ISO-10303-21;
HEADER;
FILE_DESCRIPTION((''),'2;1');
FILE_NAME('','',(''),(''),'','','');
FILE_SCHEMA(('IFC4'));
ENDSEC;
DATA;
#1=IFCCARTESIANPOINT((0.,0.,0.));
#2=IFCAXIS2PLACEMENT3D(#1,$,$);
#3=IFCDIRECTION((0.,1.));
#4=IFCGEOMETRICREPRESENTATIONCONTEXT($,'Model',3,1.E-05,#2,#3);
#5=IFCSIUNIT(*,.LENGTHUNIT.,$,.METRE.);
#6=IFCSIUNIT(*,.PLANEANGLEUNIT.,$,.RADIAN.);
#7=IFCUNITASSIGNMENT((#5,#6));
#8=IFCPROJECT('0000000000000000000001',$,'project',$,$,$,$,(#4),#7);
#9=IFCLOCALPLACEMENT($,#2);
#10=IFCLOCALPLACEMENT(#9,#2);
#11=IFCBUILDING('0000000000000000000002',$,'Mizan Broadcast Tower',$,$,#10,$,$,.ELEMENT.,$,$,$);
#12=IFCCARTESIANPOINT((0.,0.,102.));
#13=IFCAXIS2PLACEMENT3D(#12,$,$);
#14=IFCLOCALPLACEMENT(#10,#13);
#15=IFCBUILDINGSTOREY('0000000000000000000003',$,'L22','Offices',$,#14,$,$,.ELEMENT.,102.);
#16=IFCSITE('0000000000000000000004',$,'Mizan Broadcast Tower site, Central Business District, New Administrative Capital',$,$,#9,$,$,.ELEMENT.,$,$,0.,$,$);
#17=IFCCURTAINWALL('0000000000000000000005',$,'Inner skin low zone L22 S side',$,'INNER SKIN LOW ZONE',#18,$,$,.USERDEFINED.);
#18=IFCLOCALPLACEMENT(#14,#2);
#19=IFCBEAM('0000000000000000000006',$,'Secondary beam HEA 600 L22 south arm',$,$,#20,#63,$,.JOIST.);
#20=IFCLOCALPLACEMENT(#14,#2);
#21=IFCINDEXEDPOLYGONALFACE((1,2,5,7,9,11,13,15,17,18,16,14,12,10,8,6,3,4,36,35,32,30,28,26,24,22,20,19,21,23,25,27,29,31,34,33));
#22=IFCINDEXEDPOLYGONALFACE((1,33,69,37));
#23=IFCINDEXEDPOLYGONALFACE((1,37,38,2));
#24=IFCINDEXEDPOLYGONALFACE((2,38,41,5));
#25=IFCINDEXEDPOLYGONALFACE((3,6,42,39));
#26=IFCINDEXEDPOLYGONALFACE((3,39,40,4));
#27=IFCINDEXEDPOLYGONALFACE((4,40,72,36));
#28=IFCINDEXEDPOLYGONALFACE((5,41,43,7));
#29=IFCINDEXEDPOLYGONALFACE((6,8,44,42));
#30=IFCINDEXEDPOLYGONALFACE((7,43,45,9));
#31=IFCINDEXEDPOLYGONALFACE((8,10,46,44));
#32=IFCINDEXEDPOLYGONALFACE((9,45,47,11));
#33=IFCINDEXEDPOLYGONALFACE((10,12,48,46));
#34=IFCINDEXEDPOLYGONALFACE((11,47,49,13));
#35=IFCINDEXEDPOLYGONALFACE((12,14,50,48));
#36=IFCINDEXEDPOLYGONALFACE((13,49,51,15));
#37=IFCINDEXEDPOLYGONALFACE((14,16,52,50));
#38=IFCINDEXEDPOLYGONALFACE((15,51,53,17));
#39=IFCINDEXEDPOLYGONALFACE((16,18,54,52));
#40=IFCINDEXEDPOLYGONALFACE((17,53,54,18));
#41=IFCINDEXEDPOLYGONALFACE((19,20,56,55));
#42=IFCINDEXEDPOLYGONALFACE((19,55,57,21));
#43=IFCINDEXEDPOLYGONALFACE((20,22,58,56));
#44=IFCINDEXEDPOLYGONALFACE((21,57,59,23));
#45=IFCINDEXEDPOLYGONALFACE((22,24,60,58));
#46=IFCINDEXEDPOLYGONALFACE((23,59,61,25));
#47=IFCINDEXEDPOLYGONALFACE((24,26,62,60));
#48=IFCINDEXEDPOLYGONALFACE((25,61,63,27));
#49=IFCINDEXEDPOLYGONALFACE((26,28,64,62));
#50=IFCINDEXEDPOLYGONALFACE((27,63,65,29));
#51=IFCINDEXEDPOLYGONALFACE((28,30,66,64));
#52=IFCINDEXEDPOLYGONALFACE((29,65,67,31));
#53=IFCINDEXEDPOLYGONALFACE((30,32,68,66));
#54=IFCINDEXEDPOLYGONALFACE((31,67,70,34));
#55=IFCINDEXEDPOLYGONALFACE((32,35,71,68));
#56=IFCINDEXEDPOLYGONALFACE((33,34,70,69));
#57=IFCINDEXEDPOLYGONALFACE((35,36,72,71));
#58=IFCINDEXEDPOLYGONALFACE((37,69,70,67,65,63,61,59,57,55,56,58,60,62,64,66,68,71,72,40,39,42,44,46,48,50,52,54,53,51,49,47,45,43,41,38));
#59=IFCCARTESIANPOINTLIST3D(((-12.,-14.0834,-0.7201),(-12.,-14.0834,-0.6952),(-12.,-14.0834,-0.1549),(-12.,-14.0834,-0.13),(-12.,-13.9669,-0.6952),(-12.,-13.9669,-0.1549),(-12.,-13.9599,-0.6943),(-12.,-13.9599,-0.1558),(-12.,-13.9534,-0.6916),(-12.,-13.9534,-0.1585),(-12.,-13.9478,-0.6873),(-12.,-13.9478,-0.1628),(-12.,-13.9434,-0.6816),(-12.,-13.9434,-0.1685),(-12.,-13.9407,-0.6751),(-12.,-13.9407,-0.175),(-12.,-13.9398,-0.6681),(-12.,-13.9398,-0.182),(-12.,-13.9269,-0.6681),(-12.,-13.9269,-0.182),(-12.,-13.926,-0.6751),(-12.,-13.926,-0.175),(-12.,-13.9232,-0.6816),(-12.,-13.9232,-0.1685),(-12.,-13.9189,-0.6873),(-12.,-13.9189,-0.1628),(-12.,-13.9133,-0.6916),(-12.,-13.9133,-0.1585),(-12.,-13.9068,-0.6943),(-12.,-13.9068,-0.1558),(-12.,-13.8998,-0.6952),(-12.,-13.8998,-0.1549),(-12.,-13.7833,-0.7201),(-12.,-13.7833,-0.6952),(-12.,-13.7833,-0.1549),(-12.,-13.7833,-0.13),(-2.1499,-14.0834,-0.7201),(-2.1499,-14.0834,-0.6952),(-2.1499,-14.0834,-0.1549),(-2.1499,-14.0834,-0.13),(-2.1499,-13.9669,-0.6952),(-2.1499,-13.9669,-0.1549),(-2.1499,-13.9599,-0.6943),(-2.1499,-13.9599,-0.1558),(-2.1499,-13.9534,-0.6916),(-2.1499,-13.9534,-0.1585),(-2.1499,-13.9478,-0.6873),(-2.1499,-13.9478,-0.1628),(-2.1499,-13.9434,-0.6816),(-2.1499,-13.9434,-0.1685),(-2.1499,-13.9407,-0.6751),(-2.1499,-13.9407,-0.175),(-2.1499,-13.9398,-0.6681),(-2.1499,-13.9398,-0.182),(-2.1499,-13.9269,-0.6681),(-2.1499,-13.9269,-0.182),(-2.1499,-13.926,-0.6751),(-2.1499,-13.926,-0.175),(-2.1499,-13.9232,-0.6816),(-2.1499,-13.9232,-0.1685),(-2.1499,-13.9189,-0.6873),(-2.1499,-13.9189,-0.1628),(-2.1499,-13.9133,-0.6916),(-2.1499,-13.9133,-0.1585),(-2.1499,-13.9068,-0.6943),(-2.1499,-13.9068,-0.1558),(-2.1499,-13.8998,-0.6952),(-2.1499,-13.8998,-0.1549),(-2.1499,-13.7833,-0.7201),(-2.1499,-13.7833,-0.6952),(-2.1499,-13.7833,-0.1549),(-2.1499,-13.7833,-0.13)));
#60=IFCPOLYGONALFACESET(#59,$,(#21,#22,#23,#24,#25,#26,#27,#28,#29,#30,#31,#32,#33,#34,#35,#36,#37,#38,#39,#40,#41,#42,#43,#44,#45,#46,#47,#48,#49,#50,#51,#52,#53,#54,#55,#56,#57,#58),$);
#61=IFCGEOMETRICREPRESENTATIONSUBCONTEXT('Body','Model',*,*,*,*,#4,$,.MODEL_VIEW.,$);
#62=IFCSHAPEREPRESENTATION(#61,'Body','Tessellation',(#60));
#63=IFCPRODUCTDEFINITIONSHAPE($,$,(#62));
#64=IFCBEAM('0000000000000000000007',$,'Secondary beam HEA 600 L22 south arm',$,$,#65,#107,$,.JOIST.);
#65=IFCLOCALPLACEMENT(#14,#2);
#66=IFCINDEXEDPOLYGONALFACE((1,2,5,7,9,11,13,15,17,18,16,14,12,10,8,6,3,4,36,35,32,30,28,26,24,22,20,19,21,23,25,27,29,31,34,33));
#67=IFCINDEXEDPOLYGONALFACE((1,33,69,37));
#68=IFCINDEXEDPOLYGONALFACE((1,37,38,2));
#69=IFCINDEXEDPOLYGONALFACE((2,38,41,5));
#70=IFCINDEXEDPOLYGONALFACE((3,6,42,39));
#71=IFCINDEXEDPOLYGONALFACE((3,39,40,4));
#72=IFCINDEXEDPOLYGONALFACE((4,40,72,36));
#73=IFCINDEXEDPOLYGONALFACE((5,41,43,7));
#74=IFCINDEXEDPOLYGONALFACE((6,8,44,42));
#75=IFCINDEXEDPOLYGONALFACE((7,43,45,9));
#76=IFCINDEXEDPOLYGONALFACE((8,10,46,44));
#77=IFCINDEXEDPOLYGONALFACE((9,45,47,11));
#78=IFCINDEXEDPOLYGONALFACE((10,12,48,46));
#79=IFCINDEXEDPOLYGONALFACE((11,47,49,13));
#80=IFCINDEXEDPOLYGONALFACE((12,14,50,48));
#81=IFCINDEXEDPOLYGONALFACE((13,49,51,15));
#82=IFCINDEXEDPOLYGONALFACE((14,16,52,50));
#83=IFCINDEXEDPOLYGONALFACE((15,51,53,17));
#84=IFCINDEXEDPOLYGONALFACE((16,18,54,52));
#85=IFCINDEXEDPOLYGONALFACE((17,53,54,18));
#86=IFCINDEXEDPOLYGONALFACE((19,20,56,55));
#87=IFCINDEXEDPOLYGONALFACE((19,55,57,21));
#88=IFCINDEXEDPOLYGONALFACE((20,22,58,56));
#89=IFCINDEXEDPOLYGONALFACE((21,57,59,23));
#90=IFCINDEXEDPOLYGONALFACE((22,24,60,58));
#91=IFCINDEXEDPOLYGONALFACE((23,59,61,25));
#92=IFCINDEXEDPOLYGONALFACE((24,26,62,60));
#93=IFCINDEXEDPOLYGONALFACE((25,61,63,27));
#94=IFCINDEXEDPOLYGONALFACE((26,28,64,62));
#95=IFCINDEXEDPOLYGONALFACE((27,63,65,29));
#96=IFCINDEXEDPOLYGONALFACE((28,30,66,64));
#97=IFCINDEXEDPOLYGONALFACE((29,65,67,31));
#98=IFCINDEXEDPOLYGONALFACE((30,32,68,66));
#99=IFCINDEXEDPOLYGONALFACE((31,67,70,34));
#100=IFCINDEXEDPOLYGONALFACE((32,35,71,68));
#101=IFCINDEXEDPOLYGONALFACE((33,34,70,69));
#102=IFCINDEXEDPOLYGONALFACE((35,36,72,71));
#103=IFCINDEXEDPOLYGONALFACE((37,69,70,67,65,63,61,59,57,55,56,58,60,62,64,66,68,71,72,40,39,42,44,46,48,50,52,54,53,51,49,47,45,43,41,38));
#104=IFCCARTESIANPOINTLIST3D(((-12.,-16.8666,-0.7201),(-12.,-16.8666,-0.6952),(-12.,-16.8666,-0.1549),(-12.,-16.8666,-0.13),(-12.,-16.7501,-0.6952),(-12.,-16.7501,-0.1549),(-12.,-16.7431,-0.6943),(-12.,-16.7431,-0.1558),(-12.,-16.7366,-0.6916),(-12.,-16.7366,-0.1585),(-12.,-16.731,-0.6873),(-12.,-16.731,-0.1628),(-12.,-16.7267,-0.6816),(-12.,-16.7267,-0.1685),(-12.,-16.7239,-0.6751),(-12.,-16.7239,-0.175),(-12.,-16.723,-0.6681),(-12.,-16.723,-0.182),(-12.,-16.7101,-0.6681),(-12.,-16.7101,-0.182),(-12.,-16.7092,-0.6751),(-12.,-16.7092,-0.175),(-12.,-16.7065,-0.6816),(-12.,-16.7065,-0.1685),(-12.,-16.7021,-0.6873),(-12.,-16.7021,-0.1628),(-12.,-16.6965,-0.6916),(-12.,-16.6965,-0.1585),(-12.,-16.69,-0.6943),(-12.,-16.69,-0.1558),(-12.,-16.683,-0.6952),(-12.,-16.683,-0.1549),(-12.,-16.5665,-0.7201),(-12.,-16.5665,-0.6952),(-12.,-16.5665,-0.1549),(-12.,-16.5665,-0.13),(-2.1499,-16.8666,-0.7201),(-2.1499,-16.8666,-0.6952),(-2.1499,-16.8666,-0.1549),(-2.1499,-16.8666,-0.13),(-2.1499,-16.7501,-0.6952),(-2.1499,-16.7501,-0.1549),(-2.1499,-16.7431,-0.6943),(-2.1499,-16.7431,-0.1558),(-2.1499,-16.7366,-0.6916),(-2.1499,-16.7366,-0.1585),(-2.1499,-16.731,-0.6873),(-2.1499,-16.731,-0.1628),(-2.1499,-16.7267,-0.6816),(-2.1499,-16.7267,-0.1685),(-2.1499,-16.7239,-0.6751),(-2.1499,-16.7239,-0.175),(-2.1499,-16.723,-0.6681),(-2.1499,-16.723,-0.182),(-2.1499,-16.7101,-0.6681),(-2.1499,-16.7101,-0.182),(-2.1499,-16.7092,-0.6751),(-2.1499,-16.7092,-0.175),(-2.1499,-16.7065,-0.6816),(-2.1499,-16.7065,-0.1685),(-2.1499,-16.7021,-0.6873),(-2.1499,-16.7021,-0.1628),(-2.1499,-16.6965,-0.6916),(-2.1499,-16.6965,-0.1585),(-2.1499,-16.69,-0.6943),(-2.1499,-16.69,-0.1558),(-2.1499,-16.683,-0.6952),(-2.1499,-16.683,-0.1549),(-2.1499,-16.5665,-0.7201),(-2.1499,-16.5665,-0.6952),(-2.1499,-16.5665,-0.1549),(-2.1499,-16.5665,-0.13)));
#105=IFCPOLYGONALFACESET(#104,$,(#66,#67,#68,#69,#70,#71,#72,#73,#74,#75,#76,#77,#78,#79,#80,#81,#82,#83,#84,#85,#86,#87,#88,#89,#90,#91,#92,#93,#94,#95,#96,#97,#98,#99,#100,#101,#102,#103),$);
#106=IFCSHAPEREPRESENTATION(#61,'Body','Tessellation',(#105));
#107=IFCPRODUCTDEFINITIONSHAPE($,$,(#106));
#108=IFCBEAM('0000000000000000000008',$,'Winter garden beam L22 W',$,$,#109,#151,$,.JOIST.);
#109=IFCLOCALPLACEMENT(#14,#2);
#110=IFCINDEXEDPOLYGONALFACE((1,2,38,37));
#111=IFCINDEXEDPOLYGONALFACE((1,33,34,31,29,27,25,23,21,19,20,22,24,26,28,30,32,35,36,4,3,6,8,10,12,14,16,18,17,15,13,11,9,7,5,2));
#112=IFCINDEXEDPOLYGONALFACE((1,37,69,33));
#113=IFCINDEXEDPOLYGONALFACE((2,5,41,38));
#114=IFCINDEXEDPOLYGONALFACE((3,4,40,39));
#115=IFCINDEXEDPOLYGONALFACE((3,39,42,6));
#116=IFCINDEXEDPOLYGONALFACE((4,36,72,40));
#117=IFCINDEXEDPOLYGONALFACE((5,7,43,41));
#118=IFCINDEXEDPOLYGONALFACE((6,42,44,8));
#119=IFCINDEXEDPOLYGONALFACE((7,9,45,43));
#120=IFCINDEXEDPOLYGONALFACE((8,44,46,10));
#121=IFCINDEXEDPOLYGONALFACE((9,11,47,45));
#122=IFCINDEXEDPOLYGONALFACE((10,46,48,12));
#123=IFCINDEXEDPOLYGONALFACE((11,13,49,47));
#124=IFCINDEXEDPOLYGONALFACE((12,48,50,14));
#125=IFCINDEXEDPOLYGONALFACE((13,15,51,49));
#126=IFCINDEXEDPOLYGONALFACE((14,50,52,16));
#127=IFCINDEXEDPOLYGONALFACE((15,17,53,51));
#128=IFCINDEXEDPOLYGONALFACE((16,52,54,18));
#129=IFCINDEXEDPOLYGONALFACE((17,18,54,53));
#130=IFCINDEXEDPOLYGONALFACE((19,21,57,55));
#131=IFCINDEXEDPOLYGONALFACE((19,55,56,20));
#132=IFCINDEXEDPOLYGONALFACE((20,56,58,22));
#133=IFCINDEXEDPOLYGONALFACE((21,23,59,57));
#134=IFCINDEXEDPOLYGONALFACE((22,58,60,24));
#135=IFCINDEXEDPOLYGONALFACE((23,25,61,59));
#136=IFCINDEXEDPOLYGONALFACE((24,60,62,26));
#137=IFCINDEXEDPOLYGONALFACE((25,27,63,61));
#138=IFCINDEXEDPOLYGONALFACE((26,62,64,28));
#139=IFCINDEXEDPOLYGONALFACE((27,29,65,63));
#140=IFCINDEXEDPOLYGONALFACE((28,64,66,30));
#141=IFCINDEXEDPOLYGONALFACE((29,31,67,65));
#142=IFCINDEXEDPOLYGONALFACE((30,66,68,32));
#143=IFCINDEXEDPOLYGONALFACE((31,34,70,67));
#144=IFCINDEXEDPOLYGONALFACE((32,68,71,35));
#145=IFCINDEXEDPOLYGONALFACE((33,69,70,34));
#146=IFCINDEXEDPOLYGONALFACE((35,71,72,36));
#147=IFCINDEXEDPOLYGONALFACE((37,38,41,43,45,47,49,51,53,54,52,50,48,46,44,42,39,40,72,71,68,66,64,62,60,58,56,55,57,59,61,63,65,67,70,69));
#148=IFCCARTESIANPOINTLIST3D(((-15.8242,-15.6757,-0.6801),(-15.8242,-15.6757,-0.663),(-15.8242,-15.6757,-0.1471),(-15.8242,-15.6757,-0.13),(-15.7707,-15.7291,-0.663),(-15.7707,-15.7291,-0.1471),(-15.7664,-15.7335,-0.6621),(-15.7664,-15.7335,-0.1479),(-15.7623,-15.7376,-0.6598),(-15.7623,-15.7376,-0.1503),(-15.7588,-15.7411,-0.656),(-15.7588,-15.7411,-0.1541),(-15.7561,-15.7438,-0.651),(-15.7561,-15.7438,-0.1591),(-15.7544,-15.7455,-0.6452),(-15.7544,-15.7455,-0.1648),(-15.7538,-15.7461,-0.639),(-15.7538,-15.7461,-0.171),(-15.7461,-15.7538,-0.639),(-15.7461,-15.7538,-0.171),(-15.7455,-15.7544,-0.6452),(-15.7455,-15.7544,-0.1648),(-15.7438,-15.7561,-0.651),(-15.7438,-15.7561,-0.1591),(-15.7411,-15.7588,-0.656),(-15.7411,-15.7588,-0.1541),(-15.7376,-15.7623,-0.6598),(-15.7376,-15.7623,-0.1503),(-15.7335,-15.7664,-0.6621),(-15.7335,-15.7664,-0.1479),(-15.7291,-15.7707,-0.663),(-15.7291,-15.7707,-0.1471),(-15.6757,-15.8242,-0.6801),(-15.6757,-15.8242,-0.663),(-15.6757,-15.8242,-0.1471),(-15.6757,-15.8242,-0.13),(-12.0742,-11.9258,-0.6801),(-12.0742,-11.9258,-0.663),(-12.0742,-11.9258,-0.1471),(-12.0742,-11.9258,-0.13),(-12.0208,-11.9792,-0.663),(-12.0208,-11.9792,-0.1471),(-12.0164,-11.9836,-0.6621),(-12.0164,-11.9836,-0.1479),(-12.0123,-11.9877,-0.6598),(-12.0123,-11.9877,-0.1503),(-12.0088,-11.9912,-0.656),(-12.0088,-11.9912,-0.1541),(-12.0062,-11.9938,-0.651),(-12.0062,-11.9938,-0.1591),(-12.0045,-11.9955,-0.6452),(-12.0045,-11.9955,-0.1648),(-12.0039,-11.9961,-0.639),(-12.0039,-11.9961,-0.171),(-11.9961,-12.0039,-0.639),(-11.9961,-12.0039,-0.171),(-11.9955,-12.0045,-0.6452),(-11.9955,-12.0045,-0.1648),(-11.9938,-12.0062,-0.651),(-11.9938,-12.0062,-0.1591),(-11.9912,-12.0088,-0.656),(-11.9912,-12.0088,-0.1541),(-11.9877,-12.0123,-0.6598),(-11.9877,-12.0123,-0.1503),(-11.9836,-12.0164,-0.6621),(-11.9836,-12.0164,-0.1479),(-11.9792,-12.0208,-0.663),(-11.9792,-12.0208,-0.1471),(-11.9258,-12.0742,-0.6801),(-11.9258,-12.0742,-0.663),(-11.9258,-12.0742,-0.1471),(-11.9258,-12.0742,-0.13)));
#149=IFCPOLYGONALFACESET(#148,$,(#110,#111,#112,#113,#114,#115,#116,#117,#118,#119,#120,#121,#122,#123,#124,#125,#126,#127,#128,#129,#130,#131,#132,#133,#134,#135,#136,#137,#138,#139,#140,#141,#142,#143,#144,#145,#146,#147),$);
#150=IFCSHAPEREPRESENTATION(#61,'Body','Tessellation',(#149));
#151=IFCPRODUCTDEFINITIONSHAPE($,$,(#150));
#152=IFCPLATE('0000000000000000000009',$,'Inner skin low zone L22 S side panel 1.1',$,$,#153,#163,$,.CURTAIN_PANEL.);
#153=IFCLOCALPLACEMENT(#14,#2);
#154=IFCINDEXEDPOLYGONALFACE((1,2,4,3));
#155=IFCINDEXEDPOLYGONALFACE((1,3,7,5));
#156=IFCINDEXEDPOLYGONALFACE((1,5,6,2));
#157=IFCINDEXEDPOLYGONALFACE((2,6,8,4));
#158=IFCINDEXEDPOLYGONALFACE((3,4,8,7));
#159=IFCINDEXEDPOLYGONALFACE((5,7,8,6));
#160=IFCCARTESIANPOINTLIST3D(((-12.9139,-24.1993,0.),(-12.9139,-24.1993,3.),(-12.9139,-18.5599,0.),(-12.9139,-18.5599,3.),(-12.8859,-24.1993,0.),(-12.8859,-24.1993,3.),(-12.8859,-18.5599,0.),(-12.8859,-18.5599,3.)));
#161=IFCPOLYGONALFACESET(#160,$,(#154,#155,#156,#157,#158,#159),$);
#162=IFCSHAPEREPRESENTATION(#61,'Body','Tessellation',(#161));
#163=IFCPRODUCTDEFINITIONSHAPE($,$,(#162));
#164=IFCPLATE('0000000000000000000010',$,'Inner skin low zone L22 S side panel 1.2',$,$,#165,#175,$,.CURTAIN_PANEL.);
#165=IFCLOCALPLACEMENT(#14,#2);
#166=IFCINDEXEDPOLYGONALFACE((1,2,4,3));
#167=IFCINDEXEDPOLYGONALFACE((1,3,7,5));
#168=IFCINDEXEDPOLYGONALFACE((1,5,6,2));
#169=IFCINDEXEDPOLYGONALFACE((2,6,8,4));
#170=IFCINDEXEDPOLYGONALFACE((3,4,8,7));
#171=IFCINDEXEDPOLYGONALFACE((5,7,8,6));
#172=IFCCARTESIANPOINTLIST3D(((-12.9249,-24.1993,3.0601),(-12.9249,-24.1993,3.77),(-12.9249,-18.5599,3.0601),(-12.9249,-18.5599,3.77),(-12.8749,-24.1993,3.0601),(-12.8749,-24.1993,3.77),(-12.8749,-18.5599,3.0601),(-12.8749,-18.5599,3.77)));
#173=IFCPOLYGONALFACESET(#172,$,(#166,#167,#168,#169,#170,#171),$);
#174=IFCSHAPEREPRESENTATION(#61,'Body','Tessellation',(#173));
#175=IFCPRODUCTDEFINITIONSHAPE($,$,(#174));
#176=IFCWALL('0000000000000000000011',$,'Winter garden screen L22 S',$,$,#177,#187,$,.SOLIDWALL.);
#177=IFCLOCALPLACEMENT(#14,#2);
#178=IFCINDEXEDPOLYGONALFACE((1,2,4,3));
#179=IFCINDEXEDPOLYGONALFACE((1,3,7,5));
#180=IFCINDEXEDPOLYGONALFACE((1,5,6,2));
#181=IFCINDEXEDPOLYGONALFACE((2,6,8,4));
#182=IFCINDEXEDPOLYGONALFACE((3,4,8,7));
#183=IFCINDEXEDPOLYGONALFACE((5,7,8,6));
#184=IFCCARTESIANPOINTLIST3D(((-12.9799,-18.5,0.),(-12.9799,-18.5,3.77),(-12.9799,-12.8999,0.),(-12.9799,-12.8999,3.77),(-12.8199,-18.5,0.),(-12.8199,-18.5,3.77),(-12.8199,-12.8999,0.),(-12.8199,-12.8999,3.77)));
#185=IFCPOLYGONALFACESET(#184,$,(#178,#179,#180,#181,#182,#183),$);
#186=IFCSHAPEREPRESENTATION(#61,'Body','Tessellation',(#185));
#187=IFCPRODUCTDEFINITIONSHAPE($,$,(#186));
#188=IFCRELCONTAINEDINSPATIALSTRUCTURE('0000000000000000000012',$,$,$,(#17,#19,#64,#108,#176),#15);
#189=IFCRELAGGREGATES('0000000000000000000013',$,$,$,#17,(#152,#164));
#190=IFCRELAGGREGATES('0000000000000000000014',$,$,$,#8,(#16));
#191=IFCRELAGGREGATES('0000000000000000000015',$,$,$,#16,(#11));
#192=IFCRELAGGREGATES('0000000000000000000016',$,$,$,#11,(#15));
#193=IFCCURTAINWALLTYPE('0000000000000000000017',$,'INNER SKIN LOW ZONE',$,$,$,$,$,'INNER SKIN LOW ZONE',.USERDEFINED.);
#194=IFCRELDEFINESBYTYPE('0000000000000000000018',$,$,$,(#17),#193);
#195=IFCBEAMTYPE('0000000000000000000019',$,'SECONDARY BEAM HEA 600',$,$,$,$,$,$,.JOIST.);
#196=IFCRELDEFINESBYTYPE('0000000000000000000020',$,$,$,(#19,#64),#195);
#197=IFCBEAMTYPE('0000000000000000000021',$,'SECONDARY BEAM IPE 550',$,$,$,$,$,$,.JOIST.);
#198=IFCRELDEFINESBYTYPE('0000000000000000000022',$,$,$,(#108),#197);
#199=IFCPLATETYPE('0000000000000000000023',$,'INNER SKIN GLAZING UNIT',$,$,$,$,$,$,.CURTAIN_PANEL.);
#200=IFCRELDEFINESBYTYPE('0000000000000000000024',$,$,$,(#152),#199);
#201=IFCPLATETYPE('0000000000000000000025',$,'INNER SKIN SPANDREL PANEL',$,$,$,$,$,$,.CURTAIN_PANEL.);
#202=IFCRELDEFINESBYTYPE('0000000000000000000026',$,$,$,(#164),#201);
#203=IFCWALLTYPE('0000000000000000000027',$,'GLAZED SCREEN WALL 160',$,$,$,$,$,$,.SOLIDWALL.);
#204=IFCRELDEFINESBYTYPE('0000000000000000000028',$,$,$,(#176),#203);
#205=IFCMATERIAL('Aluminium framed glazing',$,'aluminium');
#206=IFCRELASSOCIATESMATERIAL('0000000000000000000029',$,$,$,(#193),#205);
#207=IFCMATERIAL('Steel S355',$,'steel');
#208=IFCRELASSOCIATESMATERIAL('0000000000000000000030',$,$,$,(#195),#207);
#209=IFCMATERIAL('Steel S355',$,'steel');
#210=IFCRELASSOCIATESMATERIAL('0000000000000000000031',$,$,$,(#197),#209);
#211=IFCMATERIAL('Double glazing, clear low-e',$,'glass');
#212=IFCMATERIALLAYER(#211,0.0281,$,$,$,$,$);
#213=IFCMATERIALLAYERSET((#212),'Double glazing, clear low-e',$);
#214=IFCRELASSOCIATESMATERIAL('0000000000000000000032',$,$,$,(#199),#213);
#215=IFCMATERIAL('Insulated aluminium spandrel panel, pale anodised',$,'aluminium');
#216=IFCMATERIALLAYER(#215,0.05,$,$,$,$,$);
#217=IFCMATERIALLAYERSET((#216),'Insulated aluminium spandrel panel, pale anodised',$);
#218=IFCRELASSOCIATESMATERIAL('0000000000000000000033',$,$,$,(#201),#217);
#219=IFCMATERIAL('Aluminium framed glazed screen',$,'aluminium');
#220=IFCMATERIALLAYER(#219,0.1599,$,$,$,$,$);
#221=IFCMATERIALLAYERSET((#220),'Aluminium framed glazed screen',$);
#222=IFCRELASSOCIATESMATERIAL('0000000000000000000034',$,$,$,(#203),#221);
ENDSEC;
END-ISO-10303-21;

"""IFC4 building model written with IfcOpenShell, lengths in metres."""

from ifc_helpers import new_model, si_unit, direction, frame, frame_2d, origin, origin_2d, place, context, subcontext, project, spatial, rectangle, i_section, extrude, material, layer, layer_set, material_profile, profile_set, type_object, element, aggregate, save


model = new_model("IFC4")

# Units and contexts
model_context = context("Model", 3, precision=1e-05, world=origin(), true_north=direction((0.0, 1.0)))
body_context = subcontext(model_context, "Body", "Model", "MODEL_VIEW")
ifc_project = project(units=[si_unit("LENGTHUNIT", "METRE"), si_unit("PLANEANGLEUNIT", "RADIAN")], contexts=[model_context])

# Site, building, storey
site_placement = place(None, origin())
site = spatial("IfcSite", under=ifc_project, at=site_placement, Name="Mizan Broadcast Tower site, Central Business District, New Administrative Capital", CompositionType="ELEMENT", RefElevation=0.0)
building_placement = place(site_placement, origin())
building = spatial("IfcBuilding", under=site, at=building_placement, Name="Mizan Broadcast Tower", CompositionType="ELEMENT")
storey_placement = place(building_placement, frame((0.0, 0.0, 102.0)))
storey = spatial("IfcBuildingStorey", under=building, at=storey_placement, Name="L22", Description="Offices", CompositionType="ELEMENT", Elevation=102.0)

# Curtain wall
ifc_material_1 = material(Name="Aluminium framed glazing", Category="aluminium")
curtain_wall_type = type_object("IfcCurtainWallType", Name="INNER SKIN LOW ZONE", ElementType="INNER SKIN LOW ZONE", PredefinedType="USERDEFINED", material=ifc_material_1)
curtain_wall_placement = place(storey_placement, origin())
curtain_wall = element("IfcCurtainWall", 1, at=curtain_wall_placement, inside=storey, type_object=curtain_wall_type, Name="Inner skin low zone L22 S side", ObjectType="INNER SKIN LOW ZONE", PredefinedType="USERDEFINED")

# Beams
ifc_material_2 = material(Name="Steel S355", Category="steel")
ifc_material_profile_1 = material_profile(ifc_material_2, i_section(OverallWidth=0.3, OverallDepth=0.5901, WebThickness=0.0129, FlangeThickness=0.0249, FilletRadius=0.0271, at=origin_2d()), Name="HEA 600")
ifc_profile_set_1 = profile_set([ifc_material_profile_1], Name="Steel S355")
beam_type_1 = type_object("IfcBeamType", Name="SECONDARY BEAM HEA 600", PredefinedType="JOIST", material=ifc_profile_set_1)
for number, where, z_axis, x_axis, name in (
    (2, (-12.0, -13.9333, -0.425), (1.0, 0.0, 0.0), (0.0, 1.0, 0.0), "Secondary beam HEA 600 L22 south arm"),
    (3, (-12.0, -16.7166, -0.425), (1.0, 0.0, 0.0), (0.0, 1.0, 0.0), "Secondary beam HEA 600 L22 south arm"),
):
    element("IfcBeam", number, at=place(storey_placement, frame(where, z_axis=z_axis, x_axis=x_axis)), inside=storey, type_object=beam_type_1, Name=name, PredefinedType="JOIST", context=body_context, shape_type="SweptSolid", body=[
        extrude(i_section(OverallWidth=0.3, OverallDepth=0.5901, WebThickness=0.0129, FlangeThickness=0.0249, FilletRadius=0.0271, at=origin_2d()), origin(), (0.0, 0.0, 1.0), 9.8501),
    ])
ifc_material_3 = material(Name="Steel S355", Category="steel")
ifc_material_profile_2 = material_profile(ifc_material_3, i_section(OverallWidth=0.21, OverallDepth=0.55, WebThickness=0.011, FlangeThickness=0.0171, FilletRadius=0.0239, at=origin_2d()), Name="IPE 550")
ifc_profile_set_2 = profile_set([ifc_material_profile_2], Name="Steel S355")
beam_type_2 = type_object("IfcBeamType", Name="SECONDARY BEAM IPE 550", PredefinedType="JOIST", material=ifc_profile_set_2)
beam_1_placement = place(storey_placement, frame((-12.0, -12.0, -0.405), z_axis=(-0.707107, -0.707107, 0.0), x_axis=(0.707107, -0.707107, 0.0)))
element("IfcBeam", 4, at=beam_1_placement, inside=storey, type_object=beam_type_2, Name="Winter garden beam L22 W", PredefinedType="JOIST", context=body_context, shape_type="SweptSolid", body=[
    extrude(i_section(OverallWidth=0.21, OverallDepth=0.55, WebThickness=0.011, FlangeThickness=0.0171, FilletRadius=0.0239, at=origin_2d()), origin(), (0.0, 0.0, 1.0), 5.3032),
])

# Plates
ifc_material_4 = material(Name="Double glazing, clear low-e", Category="glass")
ifc_layer_1 = layer(ifc_material_4, 0.0281)
ifc_layer_set_1 = layer_set([ifc_layer_1], Name="Double glazing, clear low-e")
plate_type_1 = type_object("IfcPlateType", Name="INNER SKIN GLAZING UNIT", PredefinedType="CURTAIN_PANEL", material=ifc_layer_set_1)
plate_1_placement = place(storey_placement, frame((-12.8999, -21.3796, 0.0), z_axis=(0.0, 0.0, 1.0), x_axis=(0.0, -1.0, 0.0)))
plate_1 = element("IfcPlate", 5, at=plate_1_placement, type_object=plate_type_1, Name="Inner skin low zone L22 S side panel 1.1", PredefinedType="CURTAIN_PANEL", context=body_context, shape_type="SweptSolid", body=[
    extrude(rectangle(XDim=5.6394, YDim=0.0281, at=origin_2d()), origin(), (0.0, 0.0, 1.0), 3.0),
])
ifc_material_5 = material(Name="Insulated aluminium spandrel panel, pale anodised", Category="aluminium")
ifc_layer_2 = layer(ifc_material_5, 0.05)
ifc_layer_set_2 = layer_set([ifc_layer_2], Name="Insulated aluminium spandrel panel, pale anodised")
plate_type_2 = type_object("IfcPlateType", Name="INNER SKIN SPANDREL PANEL", PredefinedType="CURTAIN_PANEL", material=ifc_layer_set_2)
plate_2_placement = place(storey_placement, frame((-12.8999, -21.3796, 3.0601), z_axis=(0.0, 0.0, 1.0), x_axis=(0.0, -1.0, 0.0)))
plate_2 = element("IfcPlate", 6, at=plate_2_placement, type_object=plate_type_2, Name="Inner skin low zone L22 S side panel 1.2", PredefinedType="CURTAIN_PANEL", context=body_context, shape_type="SweptSolid", body=[
    extrude(rectangle(XDim=5.6394, YDim=0.05, at=origin_2d()), origin(), (0.0, 0.0, 1.0), 0.71),
])
aggregate(curtain_wall, [plate_1, plate_2])

# Wall
ifc_material_6 = material(Name="Aluminium framed glazed screen", Category="aluminium")
ifc_layer_3 = layer(ifc_material_6, 0.1599)
ifc_layer_set_3 = layer_set([ifc_layer_3], Name="Aluminium framed glazed screen")
wall_type_1 = type_object("IfcWallType", Name="GLAZED SCREEN WALL 160", PredefinedType="SOLIDWALL", material=ifc_layer_set_3)
wall_1_placement = place(storey_placement, frame((-12.8999, -12.8999, 0.0), z_axis=(0.0, 0.0, 1.0), x_axis=(0.0, -1.0, 0.0)))
element("IfcWall", 7, at=wall_1_placement, inside=storey, type_object=wall_type_1, Name="Winter garden screen L22 S", PredefinedType="SOLIDWALL", context=body_context, shape_type="SweptSolid", body=[
    extrude(rectangle(XDim=5.6001, YDim=0.1599, at=frame_2d((2.8, 0.0))), origin(), (0.0, 0.0, 1.0), 3.77),
])

save(model, "model.ifc")
